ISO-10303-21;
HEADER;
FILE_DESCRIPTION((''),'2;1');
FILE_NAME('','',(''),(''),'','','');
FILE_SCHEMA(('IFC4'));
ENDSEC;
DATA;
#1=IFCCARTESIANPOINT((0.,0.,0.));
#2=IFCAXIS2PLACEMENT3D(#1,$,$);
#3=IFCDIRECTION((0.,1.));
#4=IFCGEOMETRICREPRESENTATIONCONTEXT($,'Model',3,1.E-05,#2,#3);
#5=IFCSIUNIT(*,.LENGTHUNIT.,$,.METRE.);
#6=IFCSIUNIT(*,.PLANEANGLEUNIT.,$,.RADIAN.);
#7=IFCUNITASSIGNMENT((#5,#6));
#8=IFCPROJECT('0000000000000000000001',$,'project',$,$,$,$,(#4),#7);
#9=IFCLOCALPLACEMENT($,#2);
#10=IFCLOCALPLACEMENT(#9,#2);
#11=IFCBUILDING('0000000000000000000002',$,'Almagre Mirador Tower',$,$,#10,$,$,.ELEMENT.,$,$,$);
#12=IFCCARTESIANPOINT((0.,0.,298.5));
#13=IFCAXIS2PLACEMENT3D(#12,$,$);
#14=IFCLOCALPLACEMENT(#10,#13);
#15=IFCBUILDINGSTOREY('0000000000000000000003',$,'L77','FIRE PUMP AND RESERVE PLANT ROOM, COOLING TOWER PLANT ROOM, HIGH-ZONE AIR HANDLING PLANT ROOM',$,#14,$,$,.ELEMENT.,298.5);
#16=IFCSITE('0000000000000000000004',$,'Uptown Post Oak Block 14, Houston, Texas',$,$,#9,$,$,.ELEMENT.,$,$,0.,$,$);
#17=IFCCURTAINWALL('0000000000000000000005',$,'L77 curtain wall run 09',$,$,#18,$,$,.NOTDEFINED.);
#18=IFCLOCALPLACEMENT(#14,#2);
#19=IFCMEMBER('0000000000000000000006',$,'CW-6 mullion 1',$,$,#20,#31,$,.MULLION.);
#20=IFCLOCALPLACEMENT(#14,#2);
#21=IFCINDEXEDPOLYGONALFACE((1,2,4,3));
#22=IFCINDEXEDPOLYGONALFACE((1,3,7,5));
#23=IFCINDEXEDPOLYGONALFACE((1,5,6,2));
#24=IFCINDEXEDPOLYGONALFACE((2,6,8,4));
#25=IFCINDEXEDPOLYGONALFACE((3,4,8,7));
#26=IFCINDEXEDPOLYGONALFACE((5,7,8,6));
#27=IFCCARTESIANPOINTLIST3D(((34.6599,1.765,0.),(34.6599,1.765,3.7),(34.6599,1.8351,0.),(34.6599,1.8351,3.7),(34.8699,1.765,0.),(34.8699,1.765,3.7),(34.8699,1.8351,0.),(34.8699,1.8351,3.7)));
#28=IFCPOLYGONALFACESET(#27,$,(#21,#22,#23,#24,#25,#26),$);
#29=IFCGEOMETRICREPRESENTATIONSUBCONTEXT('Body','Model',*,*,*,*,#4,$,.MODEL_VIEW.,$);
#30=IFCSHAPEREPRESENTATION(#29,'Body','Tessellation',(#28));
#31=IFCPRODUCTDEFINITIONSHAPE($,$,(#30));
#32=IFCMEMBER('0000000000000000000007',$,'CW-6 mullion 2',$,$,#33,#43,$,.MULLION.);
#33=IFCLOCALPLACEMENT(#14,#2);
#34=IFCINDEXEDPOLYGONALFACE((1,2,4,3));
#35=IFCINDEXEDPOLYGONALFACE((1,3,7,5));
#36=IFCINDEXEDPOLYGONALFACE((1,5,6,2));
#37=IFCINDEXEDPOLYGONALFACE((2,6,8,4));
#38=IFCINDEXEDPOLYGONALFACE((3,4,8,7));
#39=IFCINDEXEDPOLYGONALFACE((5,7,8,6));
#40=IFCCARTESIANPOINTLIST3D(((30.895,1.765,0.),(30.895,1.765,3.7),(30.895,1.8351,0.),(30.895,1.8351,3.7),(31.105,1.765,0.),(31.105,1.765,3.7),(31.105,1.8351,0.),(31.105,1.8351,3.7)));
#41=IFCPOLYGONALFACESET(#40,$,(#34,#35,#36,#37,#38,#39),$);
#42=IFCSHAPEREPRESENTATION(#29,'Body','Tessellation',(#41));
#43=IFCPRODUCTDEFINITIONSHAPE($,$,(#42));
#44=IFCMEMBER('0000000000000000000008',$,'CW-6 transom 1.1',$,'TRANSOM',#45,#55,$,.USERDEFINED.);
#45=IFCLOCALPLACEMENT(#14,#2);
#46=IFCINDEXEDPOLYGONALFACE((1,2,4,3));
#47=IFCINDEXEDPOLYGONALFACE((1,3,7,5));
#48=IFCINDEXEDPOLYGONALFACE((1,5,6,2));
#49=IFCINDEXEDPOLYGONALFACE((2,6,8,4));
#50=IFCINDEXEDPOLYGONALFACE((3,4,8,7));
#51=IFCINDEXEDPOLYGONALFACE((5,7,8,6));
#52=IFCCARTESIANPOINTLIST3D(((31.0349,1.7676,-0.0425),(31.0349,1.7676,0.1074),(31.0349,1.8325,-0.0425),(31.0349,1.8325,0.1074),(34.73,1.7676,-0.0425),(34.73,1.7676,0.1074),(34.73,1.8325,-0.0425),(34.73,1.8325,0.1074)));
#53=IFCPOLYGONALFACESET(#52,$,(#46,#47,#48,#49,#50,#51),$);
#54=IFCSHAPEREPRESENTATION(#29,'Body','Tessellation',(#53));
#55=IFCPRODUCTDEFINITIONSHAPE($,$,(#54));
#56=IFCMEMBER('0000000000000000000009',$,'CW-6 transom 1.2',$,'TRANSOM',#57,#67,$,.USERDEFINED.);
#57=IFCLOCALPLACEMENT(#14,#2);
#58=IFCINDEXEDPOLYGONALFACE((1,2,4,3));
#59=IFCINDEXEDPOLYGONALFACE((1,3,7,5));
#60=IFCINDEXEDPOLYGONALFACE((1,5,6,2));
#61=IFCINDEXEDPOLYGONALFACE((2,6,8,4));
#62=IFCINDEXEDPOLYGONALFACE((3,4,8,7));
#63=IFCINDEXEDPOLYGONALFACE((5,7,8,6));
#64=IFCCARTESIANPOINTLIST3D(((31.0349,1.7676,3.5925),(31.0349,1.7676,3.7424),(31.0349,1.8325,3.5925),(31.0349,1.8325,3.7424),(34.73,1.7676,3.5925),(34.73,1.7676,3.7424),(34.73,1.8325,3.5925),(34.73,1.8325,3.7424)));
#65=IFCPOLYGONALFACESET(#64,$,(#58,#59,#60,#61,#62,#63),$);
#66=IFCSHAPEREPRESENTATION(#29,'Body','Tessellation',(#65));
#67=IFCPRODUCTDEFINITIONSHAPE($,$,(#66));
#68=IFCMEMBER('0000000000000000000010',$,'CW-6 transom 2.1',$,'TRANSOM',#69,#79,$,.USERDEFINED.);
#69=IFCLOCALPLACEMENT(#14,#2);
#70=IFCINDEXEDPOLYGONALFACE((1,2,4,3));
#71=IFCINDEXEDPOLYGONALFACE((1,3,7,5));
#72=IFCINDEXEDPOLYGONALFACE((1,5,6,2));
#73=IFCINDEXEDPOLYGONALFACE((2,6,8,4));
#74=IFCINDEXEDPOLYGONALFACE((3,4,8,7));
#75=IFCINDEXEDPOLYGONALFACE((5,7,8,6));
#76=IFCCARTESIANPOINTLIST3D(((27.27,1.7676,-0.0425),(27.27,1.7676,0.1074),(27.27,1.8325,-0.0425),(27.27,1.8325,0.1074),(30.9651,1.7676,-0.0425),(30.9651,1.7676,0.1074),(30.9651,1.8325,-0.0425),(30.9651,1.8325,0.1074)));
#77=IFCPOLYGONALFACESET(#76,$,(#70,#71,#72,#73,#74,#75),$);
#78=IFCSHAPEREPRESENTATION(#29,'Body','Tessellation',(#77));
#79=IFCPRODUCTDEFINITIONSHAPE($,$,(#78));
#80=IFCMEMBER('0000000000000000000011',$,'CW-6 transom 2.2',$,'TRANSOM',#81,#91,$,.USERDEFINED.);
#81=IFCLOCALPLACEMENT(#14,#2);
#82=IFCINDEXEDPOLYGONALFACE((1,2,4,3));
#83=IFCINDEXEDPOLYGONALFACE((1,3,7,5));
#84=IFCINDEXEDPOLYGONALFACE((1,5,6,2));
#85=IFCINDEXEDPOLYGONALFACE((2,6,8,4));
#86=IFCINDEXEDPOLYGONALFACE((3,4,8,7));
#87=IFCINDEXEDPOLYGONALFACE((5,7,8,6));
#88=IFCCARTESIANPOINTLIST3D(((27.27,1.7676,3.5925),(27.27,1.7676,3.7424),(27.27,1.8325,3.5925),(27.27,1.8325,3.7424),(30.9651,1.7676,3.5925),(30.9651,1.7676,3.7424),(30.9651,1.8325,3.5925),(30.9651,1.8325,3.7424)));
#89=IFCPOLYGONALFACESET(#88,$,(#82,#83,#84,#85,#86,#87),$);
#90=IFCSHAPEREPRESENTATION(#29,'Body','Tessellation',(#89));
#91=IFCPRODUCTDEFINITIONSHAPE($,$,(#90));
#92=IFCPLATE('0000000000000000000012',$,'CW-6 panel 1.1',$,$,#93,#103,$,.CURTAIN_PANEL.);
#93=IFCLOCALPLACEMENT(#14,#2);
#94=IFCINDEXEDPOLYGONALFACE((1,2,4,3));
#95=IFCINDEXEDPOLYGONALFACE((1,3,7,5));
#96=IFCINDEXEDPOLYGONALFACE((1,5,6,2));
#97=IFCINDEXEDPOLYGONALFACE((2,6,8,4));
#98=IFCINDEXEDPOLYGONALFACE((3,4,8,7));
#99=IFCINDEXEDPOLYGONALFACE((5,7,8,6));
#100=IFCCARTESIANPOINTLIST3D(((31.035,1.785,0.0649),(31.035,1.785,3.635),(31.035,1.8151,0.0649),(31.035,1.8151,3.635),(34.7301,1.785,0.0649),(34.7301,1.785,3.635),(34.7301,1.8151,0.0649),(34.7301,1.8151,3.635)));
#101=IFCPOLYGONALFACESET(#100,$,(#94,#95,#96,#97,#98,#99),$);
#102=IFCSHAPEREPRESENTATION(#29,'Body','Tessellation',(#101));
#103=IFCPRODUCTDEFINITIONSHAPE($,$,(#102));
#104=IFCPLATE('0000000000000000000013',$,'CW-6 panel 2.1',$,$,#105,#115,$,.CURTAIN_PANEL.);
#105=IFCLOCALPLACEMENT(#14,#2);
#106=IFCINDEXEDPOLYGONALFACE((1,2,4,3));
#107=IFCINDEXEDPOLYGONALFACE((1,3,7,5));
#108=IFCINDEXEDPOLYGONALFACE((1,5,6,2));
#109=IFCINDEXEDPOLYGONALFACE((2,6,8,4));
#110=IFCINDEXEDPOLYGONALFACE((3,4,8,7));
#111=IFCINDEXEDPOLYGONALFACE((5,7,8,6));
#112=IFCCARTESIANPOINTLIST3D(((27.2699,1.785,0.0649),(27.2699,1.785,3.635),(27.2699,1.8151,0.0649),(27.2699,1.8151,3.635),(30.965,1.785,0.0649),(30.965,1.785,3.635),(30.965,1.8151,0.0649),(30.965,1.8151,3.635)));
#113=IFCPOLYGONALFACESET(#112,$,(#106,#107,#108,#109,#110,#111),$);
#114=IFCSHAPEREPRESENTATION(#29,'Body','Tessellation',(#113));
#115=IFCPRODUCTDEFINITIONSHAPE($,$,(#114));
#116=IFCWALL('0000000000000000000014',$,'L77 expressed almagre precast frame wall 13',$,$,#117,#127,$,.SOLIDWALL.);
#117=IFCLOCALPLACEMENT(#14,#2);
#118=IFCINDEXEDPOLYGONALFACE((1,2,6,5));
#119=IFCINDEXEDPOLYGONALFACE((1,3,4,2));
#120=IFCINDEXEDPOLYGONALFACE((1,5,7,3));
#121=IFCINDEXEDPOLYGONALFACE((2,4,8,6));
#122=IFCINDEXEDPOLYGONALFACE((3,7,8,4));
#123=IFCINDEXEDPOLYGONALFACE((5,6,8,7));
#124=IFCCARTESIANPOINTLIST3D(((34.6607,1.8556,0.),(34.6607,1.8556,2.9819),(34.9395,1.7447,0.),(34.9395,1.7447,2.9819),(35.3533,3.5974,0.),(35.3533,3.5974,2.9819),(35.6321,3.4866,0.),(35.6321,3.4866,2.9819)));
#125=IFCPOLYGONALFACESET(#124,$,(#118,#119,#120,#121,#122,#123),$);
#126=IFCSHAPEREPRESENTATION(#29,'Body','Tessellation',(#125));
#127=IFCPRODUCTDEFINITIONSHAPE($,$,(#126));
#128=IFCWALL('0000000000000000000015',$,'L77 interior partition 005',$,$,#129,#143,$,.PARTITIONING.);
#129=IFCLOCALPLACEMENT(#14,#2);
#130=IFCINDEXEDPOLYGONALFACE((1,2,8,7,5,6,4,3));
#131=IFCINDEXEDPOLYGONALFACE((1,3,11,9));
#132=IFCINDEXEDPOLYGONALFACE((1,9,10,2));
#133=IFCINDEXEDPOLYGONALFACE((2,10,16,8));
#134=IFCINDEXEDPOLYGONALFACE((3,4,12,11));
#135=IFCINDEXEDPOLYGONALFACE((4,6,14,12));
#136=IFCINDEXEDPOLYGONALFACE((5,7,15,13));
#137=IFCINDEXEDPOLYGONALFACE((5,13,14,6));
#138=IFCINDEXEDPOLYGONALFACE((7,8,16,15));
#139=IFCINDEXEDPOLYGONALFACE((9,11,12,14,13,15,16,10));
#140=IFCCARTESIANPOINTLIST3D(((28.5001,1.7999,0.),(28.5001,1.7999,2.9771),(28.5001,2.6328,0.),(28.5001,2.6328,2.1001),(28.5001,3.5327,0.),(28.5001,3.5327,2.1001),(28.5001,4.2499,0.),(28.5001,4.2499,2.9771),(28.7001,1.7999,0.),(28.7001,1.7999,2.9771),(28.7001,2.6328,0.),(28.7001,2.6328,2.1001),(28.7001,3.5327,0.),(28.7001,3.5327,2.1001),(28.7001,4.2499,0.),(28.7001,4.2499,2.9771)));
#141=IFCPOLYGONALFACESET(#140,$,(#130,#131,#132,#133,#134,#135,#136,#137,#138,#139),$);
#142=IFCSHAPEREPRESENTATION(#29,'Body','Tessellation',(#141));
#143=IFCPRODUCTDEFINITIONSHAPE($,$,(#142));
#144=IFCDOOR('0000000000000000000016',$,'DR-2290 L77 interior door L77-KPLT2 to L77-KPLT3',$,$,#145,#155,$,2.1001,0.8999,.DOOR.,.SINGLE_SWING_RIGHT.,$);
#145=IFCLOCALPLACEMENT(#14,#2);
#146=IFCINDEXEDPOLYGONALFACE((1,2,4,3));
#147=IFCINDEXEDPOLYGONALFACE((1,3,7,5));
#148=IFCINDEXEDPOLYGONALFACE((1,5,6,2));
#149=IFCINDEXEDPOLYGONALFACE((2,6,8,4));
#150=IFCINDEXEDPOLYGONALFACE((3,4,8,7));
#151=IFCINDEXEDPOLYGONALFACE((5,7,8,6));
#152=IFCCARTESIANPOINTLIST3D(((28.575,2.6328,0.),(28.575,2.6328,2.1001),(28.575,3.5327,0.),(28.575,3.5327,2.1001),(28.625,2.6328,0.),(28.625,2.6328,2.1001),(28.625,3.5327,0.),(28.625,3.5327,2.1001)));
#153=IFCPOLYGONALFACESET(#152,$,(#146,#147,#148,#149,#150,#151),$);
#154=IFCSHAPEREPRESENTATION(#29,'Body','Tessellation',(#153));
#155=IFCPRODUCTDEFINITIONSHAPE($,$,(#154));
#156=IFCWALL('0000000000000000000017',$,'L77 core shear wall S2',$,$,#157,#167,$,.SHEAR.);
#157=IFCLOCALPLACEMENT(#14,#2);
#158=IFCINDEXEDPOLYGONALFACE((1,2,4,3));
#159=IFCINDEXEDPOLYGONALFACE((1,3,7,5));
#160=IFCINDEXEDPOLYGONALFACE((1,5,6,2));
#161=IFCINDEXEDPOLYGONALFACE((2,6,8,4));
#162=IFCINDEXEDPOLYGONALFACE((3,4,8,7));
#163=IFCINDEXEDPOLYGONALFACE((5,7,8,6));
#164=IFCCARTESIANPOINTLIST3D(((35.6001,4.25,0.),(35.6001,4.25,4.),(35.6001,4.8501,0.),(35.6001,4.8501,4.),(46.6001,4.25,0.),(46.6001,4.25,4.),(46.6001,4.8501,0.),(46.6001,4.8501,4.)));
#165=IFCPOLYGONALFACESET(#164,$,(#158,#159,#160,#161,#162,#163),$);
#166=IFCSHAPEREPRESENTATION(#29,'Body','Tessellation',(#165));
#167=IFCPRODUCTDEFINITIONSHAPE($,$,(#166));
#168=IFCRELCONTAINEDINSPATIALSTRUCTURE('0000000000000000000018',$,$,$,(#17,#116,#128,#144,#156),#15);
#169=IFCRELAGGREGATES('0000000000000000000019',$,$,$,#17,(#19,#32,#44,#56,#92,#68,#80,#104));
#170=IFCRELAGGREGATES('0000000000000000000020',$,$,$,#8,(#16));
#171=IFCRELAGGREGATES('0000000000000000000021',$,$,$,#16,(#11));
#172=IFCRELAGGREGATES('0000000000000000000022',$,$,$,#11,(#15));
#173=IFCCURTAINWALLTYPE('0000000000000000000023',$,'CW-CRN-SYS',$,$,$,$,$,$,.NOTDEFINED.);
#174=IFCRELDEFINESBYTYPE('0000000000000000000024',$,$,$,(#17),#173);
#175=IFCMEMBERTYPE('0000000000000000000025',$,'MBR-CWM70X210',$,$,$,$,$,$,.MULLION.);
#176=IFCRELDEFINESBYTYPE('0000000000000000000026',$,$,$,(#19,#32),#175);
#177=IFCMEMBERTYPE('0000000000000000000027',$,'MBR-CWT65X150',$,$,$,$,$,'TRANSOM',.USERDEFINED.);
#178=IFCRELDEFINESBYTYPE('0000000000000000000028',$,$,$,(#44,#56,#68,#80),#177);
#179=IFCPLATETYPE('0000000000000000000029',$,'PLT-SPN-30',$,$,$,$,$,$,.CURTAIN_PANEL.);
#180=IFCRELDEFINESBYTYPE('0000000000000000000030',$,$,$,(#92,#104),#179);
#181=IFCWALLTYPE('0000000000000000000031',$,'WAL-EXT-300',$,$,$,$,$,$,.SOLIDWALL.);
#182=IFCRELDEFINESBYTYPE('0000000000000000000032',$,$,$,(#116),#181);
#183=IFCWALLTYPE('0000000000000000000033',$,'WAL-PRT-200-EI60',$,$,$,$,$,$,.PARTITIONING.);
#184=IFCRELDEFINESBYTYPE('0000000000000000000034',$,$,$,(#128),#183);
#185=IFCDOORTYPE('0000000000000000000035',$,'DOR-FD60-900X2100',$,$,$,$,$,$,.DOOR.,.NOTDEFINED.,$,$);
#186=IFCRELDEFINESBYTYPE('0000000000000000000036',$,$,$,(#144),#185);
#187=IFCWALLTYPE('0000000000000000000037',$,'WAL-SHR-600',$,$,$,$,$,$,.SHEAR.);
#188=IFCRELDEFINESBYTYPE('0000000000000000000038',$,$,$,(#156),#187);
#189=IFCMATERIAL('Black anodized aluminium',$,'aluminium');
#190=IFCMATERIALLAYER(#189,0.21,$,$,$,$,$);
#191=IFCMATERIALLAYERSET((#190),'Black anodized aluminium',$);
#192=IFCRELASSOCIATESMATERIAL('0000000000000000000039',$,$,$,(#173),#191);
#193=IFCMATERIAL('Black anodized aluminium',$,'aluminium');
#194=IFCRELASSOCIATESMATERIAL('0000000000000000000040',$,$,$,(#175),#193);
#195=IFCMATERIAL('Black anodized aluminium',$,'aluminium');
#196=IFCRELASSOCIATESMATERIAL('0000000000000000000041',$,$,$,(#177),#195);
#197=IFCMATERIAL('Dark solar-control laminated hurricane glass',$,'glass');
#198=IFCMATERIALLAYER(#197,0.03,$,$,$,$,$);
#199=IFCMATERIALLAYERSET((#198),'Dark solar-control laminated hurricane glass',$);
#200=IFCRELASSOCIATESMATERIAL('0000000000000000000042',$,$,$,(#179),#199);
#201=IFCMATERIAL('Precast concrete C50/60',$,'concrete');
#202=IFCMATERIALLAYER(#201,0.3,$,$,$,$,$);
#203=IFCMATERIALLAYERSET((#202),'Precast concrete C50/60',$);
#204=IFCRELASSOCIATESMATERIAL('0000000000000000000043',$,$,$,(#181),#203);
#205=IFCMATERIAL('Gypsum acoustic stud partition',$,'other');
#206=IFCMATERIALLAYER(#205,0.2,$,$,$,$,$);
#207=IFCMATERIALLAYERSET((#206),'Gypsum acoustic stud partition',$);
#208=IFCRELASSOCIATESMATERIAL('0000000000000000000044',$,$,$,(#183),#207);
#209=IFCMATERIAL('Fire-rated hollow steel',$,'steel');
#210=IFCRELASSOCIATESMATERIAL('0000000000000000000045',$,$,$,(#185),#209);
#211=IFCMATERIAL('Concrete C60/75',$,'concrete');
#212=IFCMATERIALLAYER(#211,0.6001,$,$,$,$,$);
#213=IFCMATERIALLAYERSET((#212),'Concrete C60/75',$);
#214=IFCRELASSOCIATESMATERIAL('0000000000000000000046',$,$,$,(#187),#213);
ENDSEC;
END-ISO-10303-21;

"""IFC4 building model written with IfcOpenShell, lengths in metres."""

from ifc_helpers import new_model, si_unit, direction, frame, frame_2d, origin, origin_2d, place, context, subcontext, project, spatial, rectangle, extrude, material, layer, layer_set, material_profile, profile_set, type_object, element, fill, aggregate, save


model = new_model("IFC4")

# Units and contexts
model_context = context("Model", 3, precision=1e-05, world=origin(), true_north=direction((0.0, 1.0)))
body_context = subcontext(model_context, "Body", "Model", "MODEL_VIEW")
ifc_project = project(units=[si_unit("LENGTHUNIT", "METRE"), si_unit("PLANEANGLEUNIT", "RADIAN")], contexts=[model_context])

# Site, building, storey
site_placement = place(None, origin())
site = spatial("IfcSite", under=ifc_project, at=site_placement, Name="Uptown Post Oak Block 14, Houston, Texas", CompositionType="ELEMENT", RefElevation=0.0)
building_placement = place(site_placement, origin())
building = spatial("IfcBuilding", under=site, at=building_placement, Name="Almagre Mirador Tower", CompositionType="ELEMENT")
storey_placement = place(building_placement, frame((0.0, 0.0, 298.5)))
storey = spatial("IfcBuildingStorey", under=building, at=storey_placement, Name="L77", Description="FIRE PUMP AND RESERVE PLANT ROOM, COOLING TOWER PLANT ROOM, HIGH-ZONE AIR HANDLING PLANT ROOM", CompositionType="ELEMENT", Elevation=298.5)

# Curtain wall, members, plates
ifc_material_1 = material(Name="Black anodized aluminium", Category="aluminium")
ifc_layer_1 = layer(ifc_material_1, 0.21)
ifc_layer_set_1 = layer_set([ifc_layer_1], Name="Black anodized aluminium")
curtain_wall_type = type_object("IfcCurtainWallType", Name="CW-CRN-SYS", PredefinedType="NOTDEFINED", material=ifc_layer_set_1)
curtain_wall_placement = place(storey_placement, origin())
curtain_wall = element("IfcCurtainWall", 1, at=curtain_wall_placement, inside=storey, type_object=curtain_wall_type, Name="L77 curtain wall run 09", PredefinedType="NOTDEFINED")
ifc_material_2 = material(Name="Black anodized aluminium", Category="aluminium")
ifc_material_profile_1 = material_profile(ifc_material_2, rectangle(XDim=0.0701, YDim=0.21, at=origin_2d()), Name="CWM70X210")
ifc_profile_set_1 = profile_set([ifc_material_profile_1], Name="Black anodized aluminium")
member_type_1 = type_object("IfcMemberType", Name="MBR-CWM70X210", PredefinedType="MULLION", material=ifc_profile_set_1)
member_1_placement = place(storey_placement, frame((34.7649, 1.8, 0.0), z_axis=(0.0, 0.0, 1.0), x_axis=(0.0, -1.0, 0.0)))
member_1 = element("IfcMember", 2, at=member_1_placement, type_object=member_type_1, Name="CW-6 mullion 1", PredefinedType="MULLION", context=body_context, shape_type="SweptSolid", body=[
    extrude(rectangle(XDim=0.0701, YDim=0.21, at=origin_2d()), origin(), (0.0, 0.0, 1.0), 3.7),
])
member_2_placement = place(storey_placement, frame((31.0, 1.8, 0.0), z_axis=(0.0, 0.0, 1.0), x_axis=(0.0, -1.0, 0.0)))
member_2 = element("IfcMember", 3, at=member_2_placement, type_object=member_type_1, Name="CW-6 mullion 2", PredefinedType="MULLION", context=body_context, shape_type="SweptSolid", body=[
    extrude(rectangle(XDim=0.0701, YDim=0.21, at=origin_2d()), origin(), (0.0, 0.0, 1.0), 3.7),
])
ifc_material_3 = material(Name="Black anodized aluminium", Category="aluminium")
ifc_material_profile_2 = material_profile(ifc_material_3, rectangle(XDim=0.0649, YDim=0.1499, at=origin_2d()), Name="CWT65X150")
ifc_profile_set_2 = profile_set([ifc_material_profile_2], Name="Black anodized aluminium")
member_type_2 = type_object("IfcMemberType", Name="MBR-CWT65X150", ElementType="TRANSOM", PredefinedType="USERDEFINED", material=ifc_profile_set_2)
member_3_placement = place(storey_placement, frame((34.73, 1.8, 0.0325), z_axis=(-1.0, 0.0, 0.0), x_axis=(0.0, -1.0, 0.0)))
member_3 = element("IfcMember", 4, at=member_3_placement, type_object=member_type_2, Name="CW-6 transom 1.1", ObjectType="TRANSOM", PredefinedType="USERDEFINED", context=body_context, shape_type="SweptSolid", body=[
    extrude(rectangle(XDim=0.0649, YDim=0.1499, at=origin_2d()), origin(), (0.0, 0.0, 1.0), 3.6951),
])
member_4_placement = place(storey_placement, frame((34.73, 1.8, 3.6675), z_axis=(-1.0, 0.0, 0.0), x_axis=(0.0, -1.0, 0.0)))
member_4 = element("IfcMember", 5, at=member_4_placement, type_object=member_type_2, Name="CW-6 transom 1.2", ObjectType="TRANSOM", PredefinedType="USERDEFINED", context=body_context, shape_type="SweptSolid", body=[
    extrude(rectangle(XDim=0.0649, YDim=0.1499, at=origin_2d()), origin(), (0.0, 0.0, 1.0), 3.6951),
])
member_5_placement = place(storey_placement, frame((30.9651, 1.8, 0.0325), z_axis=(-1.0, 0.0, 0.0), x_axis=(0.0, -1.0, 0.0)))
member_5 = element("IfcMember", 6, at=member_5_placement, type_object=member_type_2, Name="CW-6 transom 2.1", ObjectType="TRANSOM", PredefinedType="USERDEFINED", context=body_context, shape_type="SweptSolid", body=[
    extrude(rectangle(XDim=0.0649, YDim=0.1499, at=origin_2d()), origin(), (0.0, 0.0, 1.0), 3.6951),
])
member_6_placement = place(storey_placement, frame((30.9651, 1.8, 3.6675), z_axis=(-1.0, 0.0, 0.0), x_axis=(0.0, -1.0, 0.0)))
member_6 = element("IfcMember", 7, at=member_6_placement, type_object=member_type_2, Name="CW-6 transom 2.2", ObjectType="TRANSOM", PredefinedType="USERDEFINED", context=body_context, shape_type="SweptSolid", body=[
    extrude(rectangle(XDim=0.0649, YDim=0.1499, at=origin_2d()), origin(), (0.0, 0.0, 1.0), 3.6951),
])
ifc_material_4 = material(Name="Dark solar-control laminated hurricane glass", Category="glass")
ifc_layer_2 = layer(ifc_material_4, 0.03)
ifc_layer_set_2 = layer_set([ifc_layer_2], Name="Dark solar-control laminated hurricane glass")
plate_type = type_object("IfcPlateType", Name="PLT-SPN-30", PredefinedType="CURTAIN_PANEL", material=ifc_layer_set_2)
plate_1_placement = place(storey_placement, frame((32.8826, 1.8, 0.0649), z_axis=(0.0, 0.0, 1.0), x_axis=(-1.0, 0.0, 0.0)))
plate_1 = element("IfcPlate", 8, at=plate_1_placement, type_object=plate_type, Name="CW-6 panel 1.1", PredefinedType="CURTAIN_PANEL", context=body_context, shape_type="SweptSolid", body=[
    extrude(rectangle(XDim=3.6951, YDim=0.03, at=origin_2d()), origin(), (0.0, 0.0, 1.0), 3.5701),
])
plate_2_placement = place(storey_placement, frame((29.1174, 1.8, 0.0649), z_axis=(0.0, 0.0, 1.0), x_axis=(-1.0, 0.0, 0.0)))
plate_2 = element("IfcPlate", 9, at=plate_2_placement, type_object=plate_type, Name="CW-6 panel 2.1", PredefinedType="CURTAIN_PANEL", context=body_context, shape_type="SweptSolid", body=[
    extrude(rectangle(XDim=3.6951, YDim=0.03, at=origin_2d()), origin(), (0.0, 0.0, 1.0), 3.5701),
])
aggregate(curtain_wall, [member_1, member_2, member_3, member_4, plate_1, member_5, member_6, plate_2])

# Wall
ifc_material_5 = material(Name="Precast concrete C50/60", Category="concrete")
ifc_layer_3 = layer(ifc_material_5, 0.3)
ifc_layer_set_3 = layer_set([ifc_layer_3], Name="Precast concrete C50/60")
wall_type_1 = type_object("IfcWallType", Name="WAL-EXT-300", PredefinedType="SOLIDWALL", material=ifc_layer_set_3)
wall_1_placement = place(storey_placement, frame((35.4927, 3.542, 0.0), z_axis=(0.0, 0.0, 1.0), x_axis=(-0.369481, -0.929238, 0.0)))
element("IfcWall", 10, at=wall_1_placement, inside=storey, type_object=wall_type_1, Name="L77 expressed almagre precast frame wall 13", PredefinedType="SOLIDWALL", context=body_context, shape_type="SweptSolid", body=[
    extrude(rectangle(XDim=1.8745, YDim=0.3, at=frame_2d((0.9373, 0.0))), origin(), (0.0, 0.0, 1.0), 2.9819),
])

# Wall, opening, door
ifc_material_6 = material(Name="Gypsum acoustic stud partition", Category="other")
ifc_layer_4 = layer(ifc_material_6, 0.2)
ifc_layer_set_4 = layer_set([ifc_layer_4], Name="Gypsum acoustic stud partition")
wall_type_2 = type_object("IfcWallType", Name="WAL-PRT-200-EI60", PredefinedType="PARTITIONING", material=ifc_layer_set_4)
wall_2_placement = place(storey_placement, frame((28.6001, 4.25, 0.0), z_axis=(0.0, 0.0, 1.0), x_axis=(0.0, -1.0, 0.0)))
wall_2 = element("IfcWall", 11, at=wall_2_placement, inside=storey, type_object=wall_type_2, Name="L77 interior partition 005", PredefinedType="PARTITIONING", context=body_context, shape_type="SweptSolid", body=[
    extrude(rectangle(XDim=2.45, YDim=0.2, at=frame_2d((1.2251, 0.0))), origin(), (0.0, 0.0, 1.0), 2.9771),
])
opening_placement = place(wall_2_placement, frame((0.7173, 0.0, 0.0)))
opening = element("IfcOpeningElement", 12, at=opening_placement, cuts=wall_2, PredefinedType="OPENING", context=body_context, shape_type="SweptSolid", body=[
    extrude(rectangle(XDim=0.8999, YDim=2.1001, at=frame_2d((0.45, 1.05))), frame((0.0, 0.1101, 0.0), z_axis=(0.0, -1.0, 0.0), x_axis=(1.0, 0.0, 0.0)), (0.0, 0.0, 1.0), 0.22),
])
ifc_material_7 = material(Name="Fire-rated hollow steel", Category="steel")
door_type = type_object("IfcDoorType", Name="DOR-FD60-900X2100", OperationType="NOTDEFINED", PredefinedType="DOOR", material=ifc_material_7)
door_placement = place(opening_placement, origin())
door = element("IfcDoor", 13, at=door_placement, inside=storey, type_object=door_type, Name="DR-2290 L77 interior door L77-KPLT2 to L77-KPLT3", OperationType="SINGLE_SWING_RIGHT", OverallHeight=2.1001, OverallWidth=0.8999, PredefinedType="DOOR", context=body_context, shape_type="SweptSolid", body=[
    extrude(rectangle(XDim=0.8999, YDim=2.1001, at=frame_2d((0.45, 1.05))), frame((0.0, 0.0249, 0.0), z_axis=(0.0, -1.0, 0.0), x_axis=(1.0, 0.0, 0.0)), (0.0, 0.0, 1.0), 0.05),
])
fill(opening, door)

# Wall
ifc_material_8 = material(Name="Concrete C60/75", Category="concrete")
ifc_layer_5 = layer(ifc_material_8, 0.6001)
ifc_layer_set_5 = layer_set([ifc_layer_5], Name="Concrete C60/75")
wall_type_3 = type_object("IfcWallType", Name="WAL-SHR-600", PredefinedType="SHEAR", material=ifc_layer_set_5)
wall_3_placement = place(storey_placement, frame((35.6001, 4.55, 0.0), z_axis=(0.0, 0.0, 1.0), x_axis=(1.0, 0.0, 0.0)))
element("IfcWall", 14, at=wall_3_placement, inside=storey, type_object=wall_type_3, Name="L77 core shear wall S2", PredefinedType="SHEAR", context=body_context, shape_type="SweptSolid", body=[
    extrude(rectangle(XDim=11.0, YDim=0.6001, at=frame_2d((5.5, 0.0))), origin(), (0.0, 0.0, 1.0), 4.0),
])

save(model, "model.ifc")
